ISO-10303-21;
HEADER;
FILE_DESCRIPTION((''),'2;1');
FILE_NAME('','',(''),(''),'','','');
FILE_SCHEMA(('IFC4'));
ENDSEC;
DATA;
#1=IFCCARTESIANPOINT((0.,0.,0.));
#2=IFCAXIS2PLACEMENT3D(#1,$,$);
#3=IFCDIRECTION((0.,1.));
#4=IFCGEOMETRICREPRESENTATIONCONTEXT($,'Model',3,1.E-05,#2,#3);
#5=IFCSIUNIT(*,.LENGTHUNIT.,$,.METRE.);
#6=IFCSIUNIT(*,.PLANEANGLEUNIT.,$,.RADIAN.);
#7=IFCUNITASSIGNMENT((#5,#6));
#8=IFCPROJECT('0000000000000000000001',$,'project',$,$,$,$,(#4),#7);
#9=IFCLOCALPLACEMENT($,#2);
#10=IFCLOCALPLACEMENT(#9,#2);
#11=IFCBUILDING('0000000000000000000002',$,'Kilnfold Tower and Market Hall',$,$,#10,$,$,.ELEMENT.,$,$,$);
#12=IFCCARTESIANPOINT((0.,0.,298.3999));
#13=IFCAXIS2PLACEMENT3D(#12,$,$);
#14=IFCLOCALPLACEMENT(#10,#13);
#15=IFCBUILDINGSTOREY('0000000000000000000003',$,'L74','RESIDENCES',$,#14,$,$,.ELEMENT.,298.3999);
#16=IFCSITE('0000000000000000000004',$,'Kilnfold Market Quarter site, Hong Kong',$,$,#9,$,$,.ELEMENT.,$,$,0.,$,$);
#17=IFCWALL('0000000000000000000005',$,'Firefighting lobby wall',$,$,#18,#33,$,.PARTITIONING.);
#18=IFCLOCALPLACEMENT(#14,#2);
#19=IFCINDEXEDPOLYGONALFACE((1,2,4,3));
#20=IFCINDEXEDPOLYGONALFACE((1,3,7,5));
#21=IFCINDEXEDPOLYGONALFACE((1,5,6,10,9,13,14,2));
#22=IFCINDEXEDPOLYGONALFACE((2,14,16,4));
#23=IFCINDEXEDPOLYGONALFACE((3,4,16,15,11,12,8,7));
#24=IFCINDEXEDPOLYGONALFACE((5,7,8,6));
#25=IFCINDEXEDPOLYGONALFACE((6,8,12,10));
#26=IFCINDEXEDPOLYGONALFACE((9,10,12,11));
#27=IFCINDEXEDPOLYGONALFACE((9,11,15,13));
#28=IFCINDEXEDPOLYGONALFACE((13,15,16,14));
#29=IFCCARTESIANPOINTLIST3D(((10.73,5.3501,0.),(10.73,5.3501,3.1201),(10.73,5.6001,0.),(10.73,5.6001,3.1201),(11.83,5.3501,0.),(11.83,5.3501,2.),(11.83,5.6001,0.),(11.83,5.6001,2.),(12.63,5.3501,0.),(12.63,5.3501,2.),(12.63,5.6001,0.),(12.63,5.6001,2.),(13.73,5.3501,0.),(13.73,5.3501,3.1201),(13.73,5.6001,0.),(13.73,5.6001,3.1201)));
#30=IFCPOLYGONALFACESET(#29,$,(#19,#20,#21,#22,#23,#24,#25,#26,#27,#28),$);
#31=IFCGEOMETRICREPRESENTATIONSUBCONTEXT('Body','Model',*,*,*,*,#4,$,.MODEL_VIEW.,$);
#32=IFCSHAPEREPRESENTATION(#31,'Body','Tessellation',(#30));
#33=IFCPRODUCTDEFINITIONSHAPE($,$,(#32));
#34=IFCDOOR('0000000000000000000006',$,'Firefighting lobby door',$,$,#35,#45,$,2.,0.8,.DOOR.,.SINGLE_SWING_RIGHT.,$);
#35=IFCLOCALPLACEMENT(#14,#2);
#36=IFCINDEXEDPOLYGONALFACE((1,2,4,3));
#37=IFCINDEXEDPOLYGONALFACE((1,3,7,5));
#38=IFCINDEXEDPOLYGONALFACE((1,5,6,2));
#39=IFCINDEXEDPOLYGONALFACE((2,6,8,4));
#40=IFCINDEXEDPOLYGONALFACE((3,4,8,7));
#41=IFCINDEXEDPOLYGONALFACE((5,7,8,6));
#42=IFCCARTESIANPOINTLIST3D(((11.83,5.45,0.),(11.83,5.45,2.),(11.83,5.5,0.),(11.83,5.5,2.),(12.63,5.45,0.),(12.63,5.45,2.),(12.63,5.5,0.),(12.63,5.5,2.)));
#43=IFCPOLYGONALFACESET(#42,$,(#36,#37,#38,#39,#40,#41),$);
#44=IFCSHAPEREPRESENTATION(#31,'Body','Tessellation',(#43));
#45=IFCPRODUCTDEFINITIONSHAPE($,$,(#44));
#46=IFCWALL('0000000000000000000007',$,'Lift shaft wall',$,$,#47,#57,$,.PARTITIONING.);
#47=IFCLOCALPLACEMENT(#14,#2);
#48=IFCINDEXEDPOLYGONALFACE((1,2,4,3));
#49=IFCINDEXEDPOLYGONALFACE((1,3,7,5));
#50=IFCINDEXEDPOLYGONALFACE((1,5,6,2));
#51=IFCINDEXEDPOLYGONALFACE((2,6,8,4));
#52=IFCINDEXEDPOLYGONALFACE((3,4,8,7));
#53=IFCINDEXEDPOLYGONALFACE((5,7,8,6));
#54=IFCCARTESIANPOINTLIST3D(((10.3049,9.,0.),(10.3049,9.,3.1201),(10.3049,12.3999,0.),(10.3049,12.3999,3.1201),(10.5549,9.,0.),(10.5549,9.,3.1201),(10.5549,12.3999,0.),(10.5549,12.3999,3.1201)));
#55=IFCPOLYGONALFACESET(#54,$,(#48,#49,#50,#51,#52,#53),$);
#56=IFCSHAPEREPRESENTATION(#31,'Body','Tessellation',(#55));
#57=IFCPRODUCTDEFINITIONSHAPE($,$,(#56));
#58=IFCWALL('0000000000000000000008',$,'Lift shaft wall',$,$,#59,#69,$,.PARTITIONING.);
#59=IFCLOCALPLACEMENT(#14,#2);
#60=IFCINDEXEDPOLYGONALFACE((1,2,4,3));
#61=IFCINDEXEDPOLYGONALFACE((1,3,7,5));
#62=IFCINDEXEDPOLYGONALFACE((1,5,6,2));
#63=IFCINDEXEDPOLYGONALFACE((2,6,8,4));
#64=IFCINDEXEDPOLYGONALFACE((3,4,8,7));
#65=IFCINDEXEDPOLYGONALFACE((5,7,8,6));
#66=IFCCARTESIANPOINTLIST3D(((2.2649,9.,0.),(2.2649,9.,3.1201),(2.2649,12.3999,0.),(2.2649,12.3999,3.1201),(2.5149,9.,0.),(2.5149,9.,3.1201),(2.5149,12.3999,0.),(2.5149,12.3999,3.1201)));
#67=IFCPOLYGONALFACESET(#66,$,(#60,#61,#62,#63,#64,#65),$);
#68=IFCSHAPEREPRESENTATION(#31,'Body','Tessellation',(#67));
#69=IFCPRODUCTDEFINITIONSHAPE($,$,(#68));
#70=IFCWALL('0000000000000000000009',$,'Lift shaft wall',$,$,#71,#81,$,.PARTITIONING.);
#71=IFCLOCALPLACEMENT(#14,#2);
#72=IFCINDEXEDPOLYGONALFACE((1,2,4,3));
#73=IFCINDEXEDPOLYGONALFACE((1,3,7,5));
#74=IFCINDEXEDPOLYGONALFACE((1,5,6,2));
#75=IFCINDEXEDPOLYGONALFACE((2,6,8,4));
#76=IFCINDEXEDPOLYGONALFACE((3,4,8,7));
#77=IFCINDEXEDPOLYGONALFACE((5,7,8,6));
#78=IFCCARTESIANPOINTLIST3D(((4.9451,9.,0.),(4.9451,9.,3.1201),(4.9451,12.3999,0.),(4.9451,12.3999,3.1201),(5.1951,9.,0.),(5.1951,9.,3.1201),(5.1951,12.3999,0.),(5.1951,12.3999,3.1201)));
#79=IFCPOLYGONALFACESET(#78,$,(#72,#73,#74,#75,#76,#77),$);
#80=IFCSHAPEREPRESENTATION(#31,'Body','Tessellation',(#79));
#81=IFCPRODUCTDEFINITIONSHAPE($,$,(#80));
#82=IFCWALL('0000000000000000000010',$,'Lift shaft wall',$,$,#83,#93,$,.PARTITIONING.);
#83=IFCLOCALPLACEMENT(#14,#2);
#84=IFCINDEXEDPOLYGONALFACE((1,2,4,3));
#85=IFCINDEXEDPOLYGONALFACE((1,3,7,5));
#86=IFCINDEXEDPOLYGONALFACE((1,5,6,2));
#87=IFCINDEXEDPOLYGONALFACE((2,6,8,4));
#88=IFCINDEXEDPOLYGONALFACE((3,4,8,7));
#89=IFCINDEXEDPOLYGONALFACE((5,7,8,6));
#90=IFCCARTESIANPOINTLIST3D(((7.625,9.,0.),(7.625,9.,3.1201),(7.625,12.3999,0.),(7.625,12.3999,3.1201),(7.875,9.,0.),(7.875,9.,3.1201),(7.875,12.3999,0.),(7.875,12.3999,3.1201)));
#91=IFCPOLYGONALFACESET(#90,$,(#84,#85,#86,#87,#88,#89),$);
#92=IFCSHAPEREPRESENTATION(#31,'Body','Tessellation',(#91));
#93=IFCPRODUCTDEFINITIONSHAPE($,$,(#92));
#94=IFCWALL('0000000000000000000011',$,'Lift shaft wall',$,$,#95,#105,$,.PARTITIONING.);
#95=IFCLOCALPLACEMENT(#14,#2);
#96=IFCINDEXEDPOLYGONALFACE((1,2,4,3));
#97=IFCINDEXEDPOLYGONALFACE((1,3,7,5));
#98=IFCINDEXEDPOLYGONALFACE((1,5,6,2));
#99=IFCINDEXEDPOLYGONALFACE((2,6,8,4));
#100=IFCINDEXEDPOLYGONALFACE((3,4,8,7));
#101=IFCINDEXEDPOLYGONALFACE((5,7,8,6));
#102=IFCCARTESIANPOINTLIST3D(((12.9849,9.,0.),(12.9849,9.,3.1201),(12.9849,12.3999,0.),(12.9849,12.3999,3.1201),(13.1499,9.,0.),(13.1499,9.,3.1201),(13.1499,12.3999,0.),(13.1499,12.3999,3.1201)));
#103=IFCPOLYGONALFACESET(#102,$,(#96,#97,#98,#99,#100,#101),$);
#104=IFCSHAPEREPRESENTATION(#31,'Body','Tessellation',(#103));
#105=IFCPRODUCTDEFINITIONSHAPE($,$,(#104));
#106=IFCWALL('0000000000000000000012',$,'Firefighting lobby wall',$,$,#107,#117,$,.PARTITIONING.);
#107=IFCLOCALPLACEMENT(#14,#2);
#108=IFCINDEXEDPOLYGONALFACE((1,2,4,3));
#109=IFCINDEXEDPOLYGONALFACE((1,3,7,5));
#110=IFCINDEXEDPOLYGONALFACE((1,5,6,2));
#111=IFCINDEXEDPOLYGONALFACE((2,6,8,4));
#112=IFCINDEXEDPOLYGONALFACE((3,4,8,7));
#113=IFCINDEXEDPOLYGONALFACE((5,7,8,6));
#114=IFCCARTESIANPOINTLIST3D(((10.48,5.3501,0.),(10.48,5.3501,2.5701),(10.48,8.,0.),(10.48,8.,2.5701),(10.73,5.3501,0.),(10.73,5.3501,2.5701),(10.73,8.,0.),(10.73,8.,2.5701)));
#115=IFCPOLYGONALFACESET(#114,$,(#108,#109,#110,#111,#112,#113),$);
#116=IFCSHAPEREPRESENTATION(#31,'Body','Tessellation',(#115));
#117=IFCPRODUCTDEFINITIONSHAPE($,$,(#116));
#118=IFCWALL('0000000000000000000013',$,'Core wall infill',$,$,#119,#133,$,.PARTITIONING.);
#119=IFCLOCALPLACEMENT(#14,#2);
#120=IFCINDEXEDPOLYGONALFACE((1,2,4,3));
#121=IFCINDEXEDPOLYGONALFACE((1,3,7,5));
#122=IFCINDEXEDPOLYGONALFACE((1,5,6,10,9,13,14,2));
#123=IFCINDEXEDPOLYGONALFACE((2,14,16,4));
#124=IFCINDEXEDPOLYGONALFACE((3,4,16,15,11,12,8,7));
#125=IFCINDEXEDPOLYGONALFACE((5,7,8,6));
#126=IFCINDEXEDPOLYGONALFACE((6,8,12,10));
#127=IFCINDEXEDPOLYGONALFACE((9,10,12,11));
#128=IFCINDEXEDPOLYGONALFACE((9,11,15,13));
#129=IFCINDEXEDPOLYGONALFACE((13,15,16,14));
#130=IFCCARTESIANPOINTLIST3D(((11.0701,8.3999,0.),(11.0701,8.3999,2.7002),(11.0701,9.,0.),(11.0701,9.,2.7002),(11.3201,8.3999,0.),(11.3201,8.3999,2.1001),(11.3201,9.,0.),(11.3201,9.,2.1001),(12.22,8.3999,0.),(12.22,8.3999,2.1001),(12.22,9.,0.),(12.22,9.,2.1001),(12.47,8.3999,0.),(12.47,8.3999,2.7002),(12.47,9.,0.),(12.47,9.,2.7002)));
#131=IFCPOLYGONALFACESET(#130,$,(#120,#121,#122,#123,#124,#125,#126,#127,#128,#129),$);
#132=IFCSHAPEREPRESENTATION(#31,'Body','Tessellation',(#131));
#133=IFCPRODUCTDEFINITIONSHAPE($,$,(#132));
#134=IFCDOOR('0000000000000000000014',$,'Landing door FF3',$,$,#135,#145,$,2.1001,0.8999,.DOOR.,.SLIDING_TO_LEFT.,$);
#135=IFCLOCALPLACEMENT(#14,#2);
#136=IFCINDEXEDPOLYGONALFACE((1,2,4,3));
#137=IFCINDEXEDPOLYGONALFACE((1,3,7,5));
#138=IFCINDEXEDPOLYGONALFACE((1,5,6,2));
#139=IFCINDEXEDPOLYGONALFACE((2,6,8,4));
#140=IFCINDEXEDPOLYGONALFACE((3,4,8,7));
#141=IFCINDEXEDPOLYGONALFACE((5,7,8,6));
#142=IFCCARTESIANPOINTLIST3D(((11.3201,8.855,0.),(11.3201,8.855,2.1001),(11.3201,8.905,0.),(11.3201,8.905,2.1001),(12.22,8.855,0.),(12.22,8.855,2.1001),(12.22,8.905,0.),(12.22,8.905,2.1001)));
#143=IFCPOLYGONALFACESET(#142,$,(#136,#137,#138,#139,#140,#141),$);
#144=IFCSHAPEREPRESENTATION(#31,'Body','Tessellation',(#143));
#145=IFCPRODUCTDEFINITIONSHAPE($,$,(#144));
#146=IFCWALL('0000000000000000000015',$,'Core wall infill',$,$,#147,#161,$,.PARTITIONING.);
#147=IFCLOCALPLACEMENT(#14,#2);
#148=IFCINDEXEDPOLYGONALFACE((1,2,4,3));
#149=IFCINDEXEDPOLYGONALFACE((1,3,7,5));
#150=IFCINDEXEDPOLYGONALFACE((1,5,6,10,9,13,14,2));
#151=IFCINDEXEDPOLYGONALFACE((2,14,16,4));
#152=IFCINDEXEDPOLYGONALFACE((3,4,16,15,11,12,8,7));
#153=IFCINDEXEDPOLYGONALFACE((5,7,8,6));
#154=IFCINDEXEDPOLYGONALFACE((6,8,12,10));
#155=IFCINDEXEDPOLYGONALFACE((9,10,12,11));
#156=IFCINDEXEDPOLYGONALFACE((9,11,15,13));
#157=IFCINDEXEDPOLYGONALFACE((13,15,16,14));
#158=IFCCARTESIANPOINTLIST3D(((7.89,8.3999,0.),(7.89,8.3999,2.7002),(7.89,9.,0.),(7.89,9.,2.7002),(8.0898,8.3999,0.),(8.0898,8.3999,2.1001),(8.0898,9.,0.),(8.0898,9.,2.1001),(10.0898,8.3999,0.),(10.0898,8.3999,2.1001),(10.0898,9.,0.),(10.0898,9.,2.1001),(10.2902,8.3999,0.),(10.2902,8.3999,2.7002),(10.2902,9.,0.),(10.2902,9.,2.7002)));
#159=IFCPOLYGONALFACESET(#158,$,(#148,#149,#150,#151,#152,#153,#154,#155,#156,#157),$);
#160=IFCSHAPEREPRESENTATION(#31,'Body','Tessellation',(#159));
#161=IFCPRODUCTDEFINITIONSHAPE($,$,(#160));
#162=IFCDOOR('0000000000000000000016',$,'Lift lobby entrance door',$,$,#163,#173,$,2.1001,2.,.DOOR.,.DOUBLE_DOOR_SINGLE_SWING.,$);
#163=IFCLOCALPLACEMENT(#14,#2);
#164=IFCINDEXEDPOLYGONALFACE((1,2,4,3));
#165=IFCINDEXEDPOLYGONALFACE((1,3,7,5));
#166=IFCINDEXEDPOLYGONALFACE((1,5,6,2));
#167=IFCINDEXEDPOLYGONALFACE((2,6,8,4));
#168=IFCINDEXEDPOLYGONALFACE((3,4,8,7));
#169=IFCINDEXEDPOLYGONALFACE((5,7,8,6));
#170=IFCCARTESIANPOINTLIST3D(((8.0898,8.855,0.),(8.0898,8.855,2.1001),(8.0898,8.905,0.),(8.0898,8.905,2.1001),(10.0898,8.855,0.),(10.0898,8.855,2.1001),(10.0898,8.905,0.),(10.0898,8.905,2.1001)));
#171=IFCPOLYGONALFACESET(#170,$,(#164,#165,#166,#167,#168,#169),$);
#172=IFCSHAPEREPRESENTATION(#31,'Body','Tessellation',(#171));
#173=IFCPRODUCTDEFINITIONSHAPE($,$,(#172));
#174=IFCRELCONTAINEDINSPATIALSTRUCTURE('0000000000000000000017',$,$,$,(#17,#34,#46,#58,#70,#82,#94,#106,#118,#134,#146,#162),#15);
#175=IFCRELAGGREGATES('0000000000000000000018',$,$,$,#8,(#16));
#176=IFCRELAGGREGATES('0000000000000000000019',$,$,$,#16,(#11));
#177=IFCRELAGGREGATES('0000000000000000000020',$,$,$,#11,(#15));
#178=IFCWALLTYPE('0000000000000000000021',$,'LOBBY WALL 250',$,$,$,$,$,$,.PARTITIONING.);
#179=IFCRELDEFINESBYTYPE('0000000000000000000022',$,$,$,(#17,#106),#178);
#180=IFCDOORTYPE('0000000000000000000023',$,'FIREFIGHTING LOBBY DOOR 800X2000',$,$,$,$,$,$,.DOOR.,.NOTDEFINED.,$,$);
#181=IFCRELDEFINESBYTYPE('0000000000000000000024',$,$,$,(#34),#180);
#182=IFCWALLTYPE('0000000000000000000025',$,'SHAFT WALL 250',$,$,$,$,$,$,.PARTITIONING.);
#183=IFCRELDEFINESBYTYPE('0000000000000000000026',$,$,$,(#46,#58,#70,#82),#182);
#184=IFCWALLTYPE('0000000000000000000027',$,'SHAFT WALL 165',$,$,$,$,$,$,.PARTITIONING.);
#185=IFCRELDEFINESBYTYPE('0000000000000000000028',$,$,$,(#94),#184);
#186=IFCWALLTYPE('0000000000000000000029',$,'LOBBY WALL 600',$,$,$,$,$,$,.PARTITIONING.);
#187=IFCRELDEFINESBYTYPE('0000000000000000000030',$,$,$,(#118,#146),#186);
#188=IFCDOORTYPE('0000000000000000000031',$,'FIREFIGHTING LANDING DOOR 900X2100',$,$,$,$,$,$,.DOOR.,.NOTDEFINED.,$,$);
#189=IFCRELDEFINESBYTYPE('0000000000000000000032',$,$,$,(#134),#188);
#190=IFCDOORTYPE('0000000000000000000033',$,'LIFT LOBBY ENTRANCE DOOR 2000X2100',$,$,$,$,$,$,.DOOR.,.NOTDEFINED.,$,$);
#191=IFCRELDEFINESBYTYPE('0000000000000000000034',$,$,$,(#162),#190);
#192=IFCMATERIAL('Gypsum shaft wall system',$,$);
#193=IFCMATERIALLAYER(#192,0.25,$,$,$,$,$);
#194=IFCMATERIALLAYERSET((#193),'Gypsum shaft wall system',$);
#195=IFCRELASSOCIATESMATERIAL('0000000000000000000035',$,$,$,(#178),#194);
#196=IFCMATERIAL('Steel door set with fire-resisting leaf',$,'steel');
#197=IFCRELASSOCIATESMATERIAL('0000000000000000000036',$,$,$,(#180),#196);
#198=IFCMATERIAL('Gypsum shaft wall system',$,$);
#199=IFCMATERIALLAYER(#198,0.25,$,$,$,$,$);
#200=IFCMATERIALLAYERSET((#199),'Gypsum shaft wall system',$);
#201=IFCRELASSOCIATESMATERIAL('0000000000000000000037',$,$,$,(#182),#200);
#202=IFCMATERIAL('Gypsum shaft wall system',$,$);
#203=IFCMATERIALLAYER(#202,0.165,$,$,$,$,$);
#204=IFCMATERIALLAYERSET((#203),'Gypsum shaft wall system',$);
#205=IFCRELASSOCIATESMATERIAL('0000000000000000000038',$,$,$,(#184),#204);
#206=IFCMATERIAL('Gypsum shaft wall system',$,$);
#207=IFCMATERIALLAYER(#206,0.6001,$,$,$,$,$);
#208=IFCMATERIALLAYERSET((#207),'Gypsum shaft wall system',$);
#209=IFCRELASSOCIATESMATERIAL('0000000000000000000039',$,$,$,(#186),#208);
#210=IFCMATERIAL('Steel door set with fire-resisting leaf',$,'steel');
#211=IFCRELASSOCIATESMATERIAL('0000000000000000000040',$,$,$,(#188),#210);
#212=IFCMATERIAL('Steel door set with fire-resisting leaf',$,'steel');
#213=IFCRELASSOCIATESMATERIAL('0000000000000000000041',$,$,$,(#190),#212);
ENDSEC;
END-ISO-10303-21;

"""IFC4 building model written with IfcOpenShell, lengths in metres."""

from ifc_helpers import new_model, si_unit, direction, frame, frame_2d, origin, place, context, subcontext, project, spatial, rectangle, extrude, source, transform, mapped, material, layer, layer_set, type_object, element, fill, save


model = new_model("IFC4")

# Units and contexts
model_context = context("Model", 3, precision=1e-05, world=origin(), true_north=direction((0.0, 1.0)))
body_context = subcontext(model_context, "Body", "Model", "MODEL_VIEW")
ifc_project = project(units=[si_unit("LENGTHUNIT", "METRE"), si_unit("PLANEANGLEUNIT", "RADIAN")], contexts=[model_context])

# Site, building, storey
site_placement = place(None, origin())
site = spatial("IfcSite", under=ifc_project, at=site_placement, Name="Kilnfold Market Quarter site, Hong Kong", CompositionType="ELEMENT", RefElevation=0.0)
building_placement = place(site_placement, origin())
building = spatial("IfcBuilding", under=site, at=building_placement, Name="Kilnfold Tower and Market Hall", CompositionType="ELEMENT")
storey_placement = place(building_placement, frame((0.0, 0.0, 298.3999)))
storey = spatial("IfcBuildingStorey", under=building, at=storey_placement, Name="L74", Description="RESIDENCES", CompositionType="ELEMENT", Elevation=298.3999)

# Wall, opening, door
ifc_material_1 = material(Name="Gypsum shaft wall system")
ifc_layer_1 = layer(ifc_material_1, 0.25)
ifc_layer_set_1 = layer_set([ifc_layer_1], Name="Gypsum shaft wall system")
wall_type_1 = type_object("IfcWallType", Name="LOBBY WALL 250", PredefinedType="PARTITIONING", material=ifc_layer_set_1)
shared_shape_1 = source(origin(), body_context, "Body", "SweptSolid", [
    extrude(rectangle(XDim=3.0, YDim=0.25, at=frame_2d((1.5, 0.0))), origin(), (0.0, 0.0, 1.0), 3.1201),
])
wall_1_placement = place(storey_placement, frame((10.73, 5.4751, 0.0), z_axis=(0.0, 0.0, 1.0), x_axis=(1.0, 0.0, 0.0)))
wall_1 = element("IfcWall", 1, at=wall_1_placement, inside=storey, type_object=wall_type_1, Name="Firefighting lobby wall", PredefinedType="PARTITIONING", context=body_context, shape_type="MappedRepresentation", body=[
    mapped(shared_shape_1, transform((0.0, 0.0, 0.0))),
])
opening_1_placement = place(wall_1_placement, frame((1.1001, 0.0, 0.0)))
opening_1 = element("IfcOpeningElement", 2, at=opening_1_placement, cuts=wall_1, PredefinedType="OPENING", context=body_context, shape_type="SweptSolid", body=[
    extrude(rectangle(XDim=0.8, YDim=2.0, at=frame_2d((0.3999, 1.0))), frame((0.0, 0.135, 0.0), z_axis=(0.0, -1.0, 0.0), x_axis=(1.0, 0.0, 0.0)), (0.0, 0.0, 1.0), 0.27),
])
ifc_material_2 = material(Name="Steel door set with fire-resisting leaf", Category="steel")
door_type_1 = type_object("IfcDoorType", Name="FIREFIGHTING LOBBY DOOR 800X2000", OperationType="NOTDEFINED", PredefinedType="DOOR", material=ifc_material_2)
door_1_placement = place(opening_1_placement, origin())
door_1 = element("IfcDoor", 3, at=door_1_placement, inside=storey, type_object=door_type_1, Name="Firefighting lobby door", OperationType="SINGLE_SWING_RIGHT", OverallHeight=2.0, OverallWidth=0.8, PredefinedType="DOOR", context=body_context, shape_type="SweptSolid", body=[
    extrude(rectangle(XDim=0.8, YDim=2.0, at=frame_2d((0.3999, 1.0))), frame((0.0, 0.0249, 0.0), z_axis=(0.0, -1.0, 0.0), x_axis=(1.0, 0.0, 0.0)), (0.0, 0.0, 1.0), 0.05),
])
fill(opening_1, door_1)

# Walls
ifc_material_3 = material(Name="Gypsum shaft wall system")
ifc_layer_2 = layer(ifc_material_3, 0.25)
ifc_layer_set_2 = layer_set([ifc_layer_2], Name="Gypsum shaft wall system")
wall_type_2 = type_object("IfcWallType", Name="SHAFT WALL 250", PredefinedType="PARTITIONING", material=ifc_layer_set_2)
shared_shape_2 = source(origin(), body_context, "Body", "SweptSolid", [
    extrude(rectangle(XDim=3.3999, YDim=0.25, at=frame_2d((1.7, 0.0))), origin(), (0.0, 0.0, 1.0), 3.1201),
])
for number, where, z_axis, x_axis, name in (
    (4, (10.4299, 9.0, 0.0), (0.0, 0.0, 1.0), (0.0, 1.0, 0.0), "Lift shaft wall"),
    (5, (2.3899, 9.0, 0.0), (0.0, 0.0, 1.0), (0.0, 1.0, 0.0), "Lift shaft wall"),
    (6, (5.0701, 9.0, 0.0), (0.0, 0.0, 1.0), (0.0, 1.0, 0.0), "Lift shaft wall"),
    (7, (7.75, 9.0, 0.0), (0.0, 0.0, 1.0), (0.0, 1.0, 0.0), "Lift shaft wall"),
):
    element("IfcWall", number, at=place(storey_placement, frame(where, z_axis=z_axis, x_axis=x_axis)), inside=storey, type_object=wall_type_2, Name=name, PredefinedType="PARTITIONING", context=body_context, shape_type="MappedRepresentation", body=[
        mapped(shared_shape_2, transform((0.0, 0.0, 0.0))),
    ])
ifc_material_4 = material(Name="Gypsum shaft wall system")
ifc_layer_3 = layer(ifc_material_4, 0.165)
ifc_layer_set_3 = layer_set([ifc_layer_3], Name="Gypsum shaft wall system")
wall_type_3 = type_object("IfcWallType", Name="SHAFT WALL 165", PredefinedType="PARTITIONING", material=ifc_layer_set_3)
shared_shape_3 = source(origin(), body_context, "Body", "SweptSolid", [
    extrude(rectangle(XDim=3.3999, YDim=0.165, at=frame_2d((1.7, 0.0))), origin(), (0.0, 0.0, 1.0), 3.1201),
])
wall_2_placement = place(storey_placement, frame((13.0674, 9.0, 0.0), z_axis=(0.0, 0.0, 1.0), x_axis=(0.0, 1.0, 0.0)))
element("IfcWall", 8, at=wall_2_placement, inside=storey, type_object=wall_type_3, Name="Lift shaft wall", PredefinedType="PARTITIONING", context=body_context, shape_type="MappedRepresentation", body=[
    mapped(shared_shape_3, transform((0.0, 0.0, 0.0))),
])
shared_shape_4 = source(origin(), body_context, "Body", "SweptSolid", [
    extrude(rectangle(XDim=2.6499, YDim=0.25, at=frame_2d((1.325, 0.0))), origin(), (0.0, 0.0, 1.0), 2.5701),
])
wall_3_placement = place(storey_placement, frame((10.605, 5.3501, 0.0), z_axis=(0.0, 0.0, 1.0), x_axis=(0.0, 1.0, 0.0)))
element("IfcWall", 9, at=wall_3_placement, inside=storey, type_object=wall_type_1, Name="Firefighting lobby wall", PredefinedType="PARTITIONING", context=body_context, shape_type="MappedRepresentation", body=[
    mapped(shared_shape_4, transform((0.0, 0.0, 0.0))),
])

# Walls, openings, doors
ifc_material_5 = material(Name="Gypsum shaft wall system")
ifc_layer_4 = layer(ifc_material_5, 0.6001)
ifc_layer_set_4 = layer_set([ifc_layer_4], Name="Gypsum shaft wall system")
wall_type_4 = type_object("IfcWallType", Name="LOBBY WALL 600", PredefinedType="PARTITIONING", material=ifc_layer_set_4)
shared_shape_5 = source(origin(), body_context, "Body", "SweptSolid", [
    extrude(rectangle(XDim=1.3999, YDim=0.6001, at=frame_2d((0.7, 0.0))), origin(), (0.0, 0.0, 1.0), 2.7002),
])
wall_4_placement = place(storey_placement, frame((11.0701, 8.7, 0.0), z_axis=(0.0, 0.0, 1.0), x_axis=(1.0, 0.0, 0.0)))
wall_4 = element("IfcWall", 10, at=wall_4_placement, inside=storey, type_object=wall_type_4, Name="Core wall infill", PredefinedType="PARTITIONING", context=body_context, shape_type="MappedRepresentation", body=[
    mapped(shared_shape_5, transform((0.0, 0.0, 0.0))),
])
opening_2_placement = place(wall_4_placement, frame((0.25, 0.0, 0.0)))
opening_2 = element("IfcOpeningElement", 11, at=opening_2_placement, cuts=wall_4, PredefinedType="OPENING", context=body_context, shape_type="SweptSolid", body=[
    extrude(rectangle(XDim=0.8999, YDim=2.1001, at=frame_2d((0.45, 1.05))), frame((0.0, 0.3101, 0.0), z_axis=(0.0, -1.0, 0.0), x_axis=(1.0, 0.0, 0.0)), (0.0, 0.0, 1.0), 0.6201),
])
ifc_material_6 = material(Name="Steel door set with fire-resisting leaf", Category="steel")
door_type_2 = type_object("IfcDoorType", Name="FIREFIGHTING LANDING DOOR 900X2100", OperationType="NOTDEFINED", PredefinedType="DOOR", material=ifc_material_6)
door_2_placement = place(opening_2_placement, origin())
door_2 = element("IfcDoor", 12, at=door_2_placement, inside=storey, type_object=door_type_2, Name="Landing door FF3", OperationType="SLIDING_TO_LEFT", OverallHeight=2.1001, OverallWidth=0.8999, PredefinedType="DOOR", context=body_context, shape_type="SweptSolid", body=[
    extrude(rectangle(XDim=0.8999, YDim=2.1001, at=frame_2d((0.45, 1.05))), frame((0.0, 0.2051, 0.0), z_axis=(0.0, -1.0, 0.0), x_axis=(1.0, 0.0, 0.0)), (0.0, 0.0, 1.0), 0.05),
])
fill(opening_2, door_2)
shared_shape_6 = source(origin(), body_context, "Body", "SweptSolid", [
    extrude(rectangle(XDim=2.4001, YDim=0.6001, at=frame_2d((1.2002, 0.0))), origin(), (0.0, 0.0, 1.0), 2.7002),
])
wall_5_placement = place(storey_placement, frame((7.8899, 8.7, 0.0), z_axis=(0.0, 0.0, 1.0), x_axis=(1.0, 0.0, 0.0)))
wall_5 = element("IfcWall", 13, at=wall_5_placement, inside=storey, type_object=wall_type_4, Name="Core wall infill", PredefinedType="PARTITIONING", context=body_context, shape_type="MappedRepresentation", body=[
    mapped(shared_shape_6, transform((0.0, 0.0, 0.0))),
])
opening_3_placement = place(wall_5_placement, frame((0.2, 0.0, 0.0)))
opening_3 = element("IfcOpeningElement", 14, at=opening_3_placement, cuts=wall_5, PredefinedType="OPENING", context=body_context, shape_type="SweptSolid", body=[
    extrude(rectangle(XDim=2.0, YDim=2.1001, at=frame_2d((1.0, 1.05))), frame((0.0, 0.3101, 0.0), z_axis=(0.0, -1.0, 0.0), x_axis=(1.0, 0.0, 0.0)), (0.0, 0.0, 1.0), 0.6201),
])
ifc_material_7 = material(Name="Steel door set with fire-resisting leaf", Category="steel")
door_type_3 = type_object("IfcDoorType", Name="LIFT LOBBY ENTRANCE DOOR 2000X2100", OperationType="NOTDEFINED", PredefinedType="DOOR", material=ifc_material_7)
door_3_placement = place(opening_3_placement, origin())
door_3 = element("IfcDoor", 15, at=door_3_placement, inside=storey, type_object=door_type_3, Name="Lift lobby entrance door", OperationType="DOUBLE_DOOR_SINGLE_SWING", OverallHeight=2.1001, OverallWidth=2.0, PredefinedType="DOOR", context=body_context, shape_type="SweptSolid", body=[
    extrude(rectangle(XDim=2.0, YDim=2.1001, at=frame_2d((1.0, 1.05))), frame((0.0, 0.2051, 0.0), z_axis=(0.0, -1.0, 0.0), x_axis=(1.0, 0.0, 0.0)), (0.0, 0.0, 1.0), 0.05),
])
fill(opening_3, door_3)

save(model, "model.ifc")
